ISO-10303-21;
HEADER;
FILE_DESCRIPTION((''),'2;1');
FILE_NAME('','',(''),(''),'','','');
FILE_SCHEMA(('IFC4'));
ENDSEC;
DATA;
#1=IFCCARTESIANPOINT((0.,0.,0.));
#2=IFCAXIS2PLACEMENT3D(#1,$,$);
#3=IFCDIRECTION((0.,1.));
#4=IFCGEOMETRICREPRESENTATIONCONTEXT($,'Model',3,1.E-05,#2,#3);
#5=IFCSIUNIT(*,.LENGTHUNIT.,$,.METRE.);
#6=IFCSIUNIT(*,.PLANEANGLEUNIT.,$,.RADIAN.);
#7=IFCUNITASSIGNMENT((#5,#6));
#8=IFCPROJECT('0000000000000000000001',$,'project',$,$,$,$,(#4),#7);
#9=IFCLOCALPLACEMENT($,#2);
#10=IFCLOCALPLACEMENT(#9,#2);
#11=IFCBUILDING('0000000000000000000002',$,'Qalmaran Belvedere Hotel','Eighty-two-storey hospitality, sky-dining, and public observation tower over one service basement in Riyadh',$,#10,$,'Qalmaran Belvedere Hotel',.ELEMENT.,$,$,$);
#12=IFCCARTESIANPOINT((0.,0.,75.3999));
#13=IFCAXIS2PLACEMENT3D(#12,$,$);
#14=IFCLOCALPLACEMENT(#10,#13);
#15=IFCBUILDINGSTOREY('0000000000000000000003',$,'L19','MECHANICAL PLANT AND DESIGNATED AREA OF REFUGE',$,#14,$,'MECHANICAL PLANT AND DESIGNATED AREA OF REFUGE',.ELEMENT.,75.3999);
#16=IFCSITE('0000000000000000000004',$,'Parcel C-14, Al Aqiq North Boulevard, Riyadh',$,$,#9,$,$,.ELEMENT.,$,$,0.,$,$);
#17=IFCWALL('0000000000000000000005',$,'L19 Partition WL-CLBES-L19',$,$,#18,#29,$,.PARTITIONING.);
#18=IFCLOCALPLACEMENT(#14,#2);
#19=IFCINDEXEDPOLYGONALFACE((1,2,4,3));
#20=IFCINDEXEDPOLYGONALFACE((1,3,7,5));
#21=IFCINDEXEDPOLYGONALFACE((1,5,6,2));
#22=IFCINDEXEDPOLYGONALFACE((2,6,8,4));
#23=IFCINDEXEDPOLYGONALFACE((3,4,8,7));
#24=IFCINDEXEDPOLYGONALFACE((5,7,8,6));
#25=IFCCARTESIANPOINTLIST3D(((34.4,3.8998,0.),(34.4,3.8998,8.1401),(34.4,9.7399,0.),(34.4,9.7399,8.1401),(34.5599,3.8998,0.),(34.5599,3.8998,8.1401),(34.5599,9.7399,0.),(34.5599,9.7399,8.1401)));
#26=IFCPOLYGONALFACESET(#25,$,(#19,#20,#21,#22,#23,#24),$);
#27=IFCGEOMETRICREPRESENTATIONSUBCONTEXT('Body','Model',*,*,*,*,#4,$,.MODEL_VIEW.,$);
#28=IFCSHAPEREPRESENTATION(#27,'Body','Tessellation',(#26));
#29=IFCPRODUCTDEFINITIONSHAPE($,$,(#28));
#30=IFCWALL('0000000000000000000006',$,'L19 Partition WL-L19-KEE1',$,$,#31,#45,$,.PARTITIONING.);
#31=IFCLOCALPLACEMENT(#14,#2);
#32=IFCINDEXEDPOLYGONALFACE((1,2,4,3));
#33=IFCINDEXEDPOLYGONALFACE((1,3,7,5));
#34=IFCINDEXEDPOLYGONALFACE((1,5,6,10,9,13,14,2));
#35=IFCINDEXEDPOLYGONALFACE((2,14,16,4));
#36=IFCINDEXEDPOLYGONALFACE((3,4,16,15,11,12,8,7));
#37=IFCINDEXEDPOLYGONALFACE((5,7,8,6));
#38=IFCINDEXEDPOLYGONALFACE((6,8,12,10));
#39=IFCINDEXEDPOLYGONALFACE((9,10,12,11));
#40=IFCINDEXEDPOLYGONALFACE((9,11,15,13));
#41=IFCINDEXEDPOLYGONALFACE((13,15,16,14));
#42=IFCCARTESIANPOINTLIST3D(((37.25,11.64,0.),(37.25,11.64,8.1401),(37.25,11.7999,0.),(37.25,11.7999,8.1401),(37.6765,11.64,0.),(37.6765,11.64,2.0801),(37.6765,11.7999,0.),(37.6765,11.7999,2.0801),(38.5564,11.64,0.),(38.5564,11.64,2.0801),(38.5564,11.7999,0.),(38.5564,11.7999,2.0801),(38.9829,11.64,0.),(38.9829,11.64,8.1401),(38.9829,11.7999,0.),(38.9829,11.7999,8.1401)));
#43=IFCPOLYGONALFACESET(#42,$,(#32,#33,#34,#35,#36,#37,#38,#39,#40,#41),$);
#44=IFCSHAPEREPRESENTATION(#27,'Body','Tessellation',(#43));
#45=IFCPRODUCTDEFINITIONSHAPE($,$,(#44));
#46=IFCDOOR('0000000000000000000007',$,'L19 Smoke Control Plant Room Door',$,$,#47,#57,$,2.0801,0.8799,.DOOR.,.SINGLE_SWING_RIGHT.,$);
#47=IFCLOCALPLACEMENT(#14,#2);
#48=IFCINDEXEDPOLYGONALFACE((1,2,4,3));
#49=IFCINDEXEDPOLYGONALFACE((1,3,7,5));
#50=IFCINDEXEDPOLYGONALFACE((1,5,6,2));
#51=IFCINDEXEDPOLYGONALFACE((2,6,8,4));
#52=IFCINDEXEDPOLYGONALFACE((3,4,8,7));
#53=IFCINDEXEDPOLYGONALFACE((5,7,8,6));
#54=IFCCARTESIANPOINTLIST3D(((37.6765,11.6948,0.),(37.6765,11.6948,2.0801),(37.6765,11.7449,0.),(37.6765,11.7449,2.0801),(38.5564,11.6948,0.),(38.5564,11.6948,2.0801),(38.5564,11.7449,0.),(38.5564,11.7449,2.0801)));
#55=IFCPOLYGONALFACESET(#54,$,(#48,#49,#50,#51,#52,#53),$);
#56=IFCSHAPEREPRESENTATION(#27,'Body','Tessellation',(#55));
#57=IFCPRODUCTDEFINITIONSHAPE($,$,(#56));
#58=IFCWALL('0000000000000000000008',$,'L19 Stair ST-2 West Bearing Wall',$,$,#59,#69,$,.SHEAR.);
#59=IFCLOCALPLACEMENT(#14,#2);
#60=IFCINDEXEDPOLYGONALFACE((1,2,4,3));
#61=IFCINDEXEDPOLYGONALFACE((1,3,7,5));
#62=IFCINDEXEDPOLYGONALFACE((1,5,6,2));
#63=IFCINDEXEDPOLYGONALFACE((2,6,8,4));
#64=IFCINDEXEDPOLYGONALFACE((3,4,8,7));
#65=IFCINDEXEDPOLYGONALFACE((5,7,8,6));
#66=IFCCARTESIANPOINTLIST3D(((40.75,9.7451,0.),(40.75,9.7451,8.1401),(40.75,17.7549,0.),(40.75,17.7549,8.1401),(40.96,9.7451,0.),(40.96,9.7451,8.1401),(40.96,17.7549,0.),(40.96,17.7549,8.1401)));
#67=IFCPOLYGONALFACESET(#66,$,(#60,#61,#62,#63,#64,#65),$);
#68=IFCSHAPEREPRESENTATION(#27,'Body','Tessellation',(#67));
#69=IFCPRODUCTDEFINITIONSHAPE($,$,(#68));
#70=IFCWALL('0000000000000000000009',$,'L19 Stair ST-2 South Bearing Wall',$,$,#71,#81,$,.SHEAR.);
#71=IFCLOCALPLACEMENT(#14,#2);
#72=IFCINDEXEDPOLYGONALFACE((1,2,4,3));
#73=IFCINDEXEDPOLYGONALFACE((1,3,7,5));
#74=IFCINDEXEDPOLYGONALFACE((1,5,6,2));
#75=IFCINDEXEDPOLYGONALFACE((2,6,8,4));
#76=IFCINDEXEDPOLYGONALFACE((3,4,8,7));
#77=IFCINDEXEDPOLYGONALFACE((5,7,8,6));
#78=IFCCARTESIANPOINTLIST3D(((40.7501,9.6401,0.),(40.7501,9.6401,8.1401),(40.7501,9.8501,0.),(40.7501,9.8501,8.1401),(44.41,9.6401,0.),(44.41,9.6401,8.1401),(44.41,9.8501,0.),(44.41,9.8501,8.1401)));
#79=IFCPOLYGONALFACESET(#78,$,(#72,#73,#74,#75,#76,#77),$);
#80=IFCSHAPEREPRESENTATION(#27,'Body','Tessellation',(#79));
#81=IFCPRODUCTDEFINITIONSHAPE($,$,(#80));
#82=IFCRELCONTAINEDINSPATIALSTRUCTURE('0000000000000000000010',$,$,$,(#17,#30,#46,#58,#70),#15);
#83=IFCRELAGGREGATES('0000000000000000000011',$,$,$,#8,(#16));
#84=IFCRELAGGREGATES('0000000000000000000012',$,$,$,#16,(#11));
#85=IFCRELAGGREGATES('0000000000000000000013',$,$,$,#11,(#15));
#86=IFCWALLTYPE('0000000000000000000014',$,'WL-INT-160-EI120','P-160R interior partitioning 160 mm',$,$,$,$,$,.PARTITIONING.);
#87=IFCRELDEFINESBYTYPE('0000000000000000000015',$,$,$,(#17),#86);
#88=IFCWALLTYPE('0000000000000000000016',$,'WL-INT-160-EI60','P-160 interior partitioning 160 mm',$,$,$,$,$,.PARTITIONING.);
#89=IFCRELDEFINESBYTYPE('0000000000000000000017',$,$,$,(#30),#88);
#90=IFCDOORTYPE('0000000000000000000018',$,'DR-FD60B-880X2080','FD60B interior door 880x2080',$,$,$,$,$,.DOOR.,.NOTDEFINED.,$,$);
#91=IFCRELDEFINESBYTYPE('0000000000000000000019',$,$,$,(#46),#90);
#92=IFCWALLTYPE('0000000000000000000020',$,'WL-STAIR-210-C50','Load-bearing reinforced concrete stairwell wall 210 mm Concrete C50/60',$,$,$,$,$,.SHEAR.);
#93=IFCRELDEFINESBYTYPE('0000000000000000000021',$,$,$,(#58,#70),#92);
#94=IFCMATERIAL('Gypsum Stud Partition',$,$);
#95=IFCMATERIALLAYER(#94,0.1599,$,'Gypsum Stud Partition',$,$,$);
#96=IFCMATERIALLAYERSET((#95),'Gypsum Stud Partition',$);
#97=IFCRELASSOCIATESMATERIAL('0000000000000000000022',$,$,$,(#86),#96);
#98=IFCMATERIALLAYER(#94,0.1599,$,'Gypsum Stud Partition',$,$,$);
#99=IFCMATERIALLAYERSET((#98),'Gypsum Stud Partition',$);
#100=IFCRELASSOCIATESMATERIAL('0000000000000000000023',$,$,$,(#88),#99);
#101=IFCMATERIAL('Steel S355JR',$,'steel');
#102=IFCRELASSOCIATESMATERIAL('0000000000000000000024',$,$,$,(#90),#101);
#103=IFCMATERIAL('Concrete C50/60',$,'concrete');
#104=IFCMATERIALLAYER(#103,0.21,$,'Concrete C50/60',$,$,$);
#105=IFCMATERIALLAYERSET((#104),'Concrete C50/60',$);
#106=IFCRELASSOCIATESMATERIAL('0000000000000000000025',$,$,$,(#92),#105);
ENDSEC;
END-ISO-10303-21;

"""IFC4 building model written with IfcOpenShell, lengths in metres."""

from ifc_helpers import new_model, si_unit, direction, frame, frame_2d, origin, place, context, subcontext, project, spatial, rectangle, extrude, material, layer, layer_set, type_object, element, fill, save


model = new_model("IFC4")

# Units and contexts
model_context = context("Model", 3, precision=1e-05, world=origin(), true_north=direction((0.0, 1.0)))
body_context = subcontext(model_context, "Body", "Model", "MODEL_VIEW")
ifc_project = project(units=[si_unit("LENGTHUNIT", "METRE"), si_unit("PLANEANGLEUNIT", "RADIAN")], contexts=[model_context])

# Site, building, storey
site_placement = place(None, origin())
site = spatial("IfcSite", under=ifc_project, at=site_placement, Name="Parcel C-14, Al Aqiq North Boulevard, Riyadh", CompositionType="ELEMENT", RefElevation=0.0)
building_placement = place(site_placement, origin())
building = spatial("IfcBuilding", under=site, at=building_placement, Name="Qalmaran Belvedere Hotel", Description="Eighty-two-storey hospitality, sky-dining, and public observation tower over one service basement in Riyadh", LongName="Qalmaran Belvedere Hotel", CompositionType="ELEMENT")
storey_placement = place(building_placement, frame((0.0, 0.0, 75.3999)))
storey = spatial("IfcBuildingStorey", under=building, at=storey_placement, Name="L19", Description="MECHANICAL PLANT AND DESIGNATED AREA OF REFUGE", LongName="MECHANICAL PLANT AND DESIGNATED AREA OF REFUGE", CompositionType="ELEMENT", Elevation=75.3999)

# Shared definitions
ifc_material_1 = material(Name="Steel S355JR", Category="steel")

# Shared definitions
ifc_material_2 = material(Name="Gypsum Stud Partition")
ifc_layer_1 = layer(ifc_material_2, 0.1599, Name="Gypsum Stud Partition")
ifc_layer_set_1 = layer_set([ifc_layer_1], Name="Gypsum Stud Partition")
wall_type_1 = type_object("IfcWallType", Name="WL-INT-160-EI120", Description="P-160R interior partitioning 160 mm", PredefinedType="PARTITIONING", material=ifc_layer_set_1)

# Wall
for number, where, z_axis, x_axis, name in (
    (1, (34.48, 3.8999, 0.0), (0.0, 0.0, 1.0), (0.0, 1.0, 0.0), "L19 Partition WL-CLBES-L19"),
):
    element("IfcWall", number, at=place(storey_placement, frame(where, z_axis=z_axis, x_axis=x_axis)), inside=storey, type_object=wall_type_1, Name=name, PredefinedType="PARTITIONING", context=body_context, shape_type="SweptSolid", body=[
        extrude(rectangle(XDim=5.8401, YDim=0.1599, at=frame_2d((2.9199, 0.0))), origin(), (0.0, 0.0, 1.0), 8.1401),
    ])

# Wall, opening, door
ifc_layer_2 = layer(ifc_material_2, 0.1599, Name="Gypsum Stud Partition")
ifc_layer_set_2 = layer_set([ifc_layer_2], Name="Gypsum Stud Partition")
wall_type_2 = type_object("IfcWallType", Name="WL-INT-160-EI60", Description="P-160 interior partitioning 160 mm", PredefinedType="PARTITIONING", material=ifc_layer_set_2)
wall_1_placement = place(storey_placement, frame((37.25, 11.72, 0.0), z_axis=(0.0, 0.0, 1.0), x_axis=(1.0, 0.0, 0.0)))
wall_1 = element("IfcWall", 2, at=wall_1_placement, inside=storey, type_object=wall_type_2, Name="L19 Partition WL-L19-KEE1", PredefinedType="PARTITIONING", context=body_context, shape_type="SweptSolid", body=[
    extrude(rectangle(XDim=1.7329, YDim=0.1599, at=frame_2d((0.8665, 0.0))), origin(), (0.0, 0.0, 1.0), 8.1401),
])
opening_1_placement = place(wall_1_placement, frame((0.4265, 0.0, 0.0)))
opening_1 = element("IfcOpeningElement", 3, at=opening_1_placement, cuts=wall_1, PredefinedType="OPENING", context=body_context, shape_type="SweptSolid", body=[
    extrude(rectangle(XDim=0.8799, YDim=2.0801, at=frame_2d((0.4399, 1.04))), frame((0.0, 0.0898, 0.0), z_axis=(0.0, -1.0, 0.0), x_axis=(1.0, 0.0, 0.0)), (0.0, 0.0, 1.0), 0.1799),
])
door_type_1 = type_object("IfcDoorType", Name="DR-FD60B-880X2080", Description="FD60B interior door 880x2080", OperationType="NOTDEFINED", PredefinedType="DOOR", material=ifc_material_1)
door_1_placement = place(opening_1_placement, origin())
door_1 = element("IfcDoor", 4, at=door_1_placement, inside=storey, type_object=door_type_1, Name="L19 Smoke Control Plant Room Door", OperationType="SINGLE_SWING_RIGHT", OverallHeight=2.0801, OverallWidth=0.8799, PredefinedType="DOOR", context=body_context, shape_type="SweptSolid", body=[
    extrude(rectangle(XDim=0.8799, YDim=2.0801, at=frame_2d((0.4399, 1.04))), frame((0.0, 0.0249, 0.0), z_axis=(0.0, -1.0, 0.0), x_axis=(1.0, 0.0, 0.0)), (0.0, 0.0, 1.0), 0.05),
])
fill(opening_1, door_1)

# Walls
ifc_material_3 = material(Name="Concrete C50/60", Category="concrete")
ifc_layer_3 = layer(ifc_material_3, 0.21, Name="Concrete C50/60")
ifc_layer_set_3 = layer_set([ifc_layer_3], Name="Concrete C50/60")
wall_type_3 = type_object("IfcWallType", Name="WL-STAIR-210-C50", Description="Load-bearing reinforced concrete stairwell wall 210 mm Concrete C50/60", PredefinedType="SHEAR", material=ifc_layer_set_3)
wall_2_placement = place(storey_placement, frame((40.855, 9.7451, 0.0), z_axis=(0.0, 0.0, 1.0), x_axis=(0.0, 1.0, 0.0)))
element("IfcWall", 5, at=wall_2_placement, inside=storey, type_object=wall_type_3, Name="L19 Stair ST-2 West Bearing Wall", PredefinedType="SHEAR", context=body_context, shape_type="SweptSolid", body=[
    extrude(rectangle(XDim=8.0098, YDim=0.21, at=frame_2d((4.0049, 0.0))), origin(), (0.0, 0.0, 1.0), 8.1401),
])
wall_3_placement = place(storey_placement, frame((40.75, 9.7451, 0.0), z_axis=(0.0, 0.0, 1.0), x_axis=(1.0, 0.0, 0.0)))
element("IfcWall", 6, at=wall_3_placement, inside=storey, type_object=wall_type_3, Name="L19 Stair ST-2 South Bearing Wall", PredefinedType="SHEAR", context=body_context, shape_type="SweptSolid", body=[
    extrude(rectangle(XDim=3.6599, YDim=0.21, at=frame_2d((1.8301, 0.0))), origin(), (0.0, 0.0, 1.0), 8.1401),
])

save(model, "model.ifc")
